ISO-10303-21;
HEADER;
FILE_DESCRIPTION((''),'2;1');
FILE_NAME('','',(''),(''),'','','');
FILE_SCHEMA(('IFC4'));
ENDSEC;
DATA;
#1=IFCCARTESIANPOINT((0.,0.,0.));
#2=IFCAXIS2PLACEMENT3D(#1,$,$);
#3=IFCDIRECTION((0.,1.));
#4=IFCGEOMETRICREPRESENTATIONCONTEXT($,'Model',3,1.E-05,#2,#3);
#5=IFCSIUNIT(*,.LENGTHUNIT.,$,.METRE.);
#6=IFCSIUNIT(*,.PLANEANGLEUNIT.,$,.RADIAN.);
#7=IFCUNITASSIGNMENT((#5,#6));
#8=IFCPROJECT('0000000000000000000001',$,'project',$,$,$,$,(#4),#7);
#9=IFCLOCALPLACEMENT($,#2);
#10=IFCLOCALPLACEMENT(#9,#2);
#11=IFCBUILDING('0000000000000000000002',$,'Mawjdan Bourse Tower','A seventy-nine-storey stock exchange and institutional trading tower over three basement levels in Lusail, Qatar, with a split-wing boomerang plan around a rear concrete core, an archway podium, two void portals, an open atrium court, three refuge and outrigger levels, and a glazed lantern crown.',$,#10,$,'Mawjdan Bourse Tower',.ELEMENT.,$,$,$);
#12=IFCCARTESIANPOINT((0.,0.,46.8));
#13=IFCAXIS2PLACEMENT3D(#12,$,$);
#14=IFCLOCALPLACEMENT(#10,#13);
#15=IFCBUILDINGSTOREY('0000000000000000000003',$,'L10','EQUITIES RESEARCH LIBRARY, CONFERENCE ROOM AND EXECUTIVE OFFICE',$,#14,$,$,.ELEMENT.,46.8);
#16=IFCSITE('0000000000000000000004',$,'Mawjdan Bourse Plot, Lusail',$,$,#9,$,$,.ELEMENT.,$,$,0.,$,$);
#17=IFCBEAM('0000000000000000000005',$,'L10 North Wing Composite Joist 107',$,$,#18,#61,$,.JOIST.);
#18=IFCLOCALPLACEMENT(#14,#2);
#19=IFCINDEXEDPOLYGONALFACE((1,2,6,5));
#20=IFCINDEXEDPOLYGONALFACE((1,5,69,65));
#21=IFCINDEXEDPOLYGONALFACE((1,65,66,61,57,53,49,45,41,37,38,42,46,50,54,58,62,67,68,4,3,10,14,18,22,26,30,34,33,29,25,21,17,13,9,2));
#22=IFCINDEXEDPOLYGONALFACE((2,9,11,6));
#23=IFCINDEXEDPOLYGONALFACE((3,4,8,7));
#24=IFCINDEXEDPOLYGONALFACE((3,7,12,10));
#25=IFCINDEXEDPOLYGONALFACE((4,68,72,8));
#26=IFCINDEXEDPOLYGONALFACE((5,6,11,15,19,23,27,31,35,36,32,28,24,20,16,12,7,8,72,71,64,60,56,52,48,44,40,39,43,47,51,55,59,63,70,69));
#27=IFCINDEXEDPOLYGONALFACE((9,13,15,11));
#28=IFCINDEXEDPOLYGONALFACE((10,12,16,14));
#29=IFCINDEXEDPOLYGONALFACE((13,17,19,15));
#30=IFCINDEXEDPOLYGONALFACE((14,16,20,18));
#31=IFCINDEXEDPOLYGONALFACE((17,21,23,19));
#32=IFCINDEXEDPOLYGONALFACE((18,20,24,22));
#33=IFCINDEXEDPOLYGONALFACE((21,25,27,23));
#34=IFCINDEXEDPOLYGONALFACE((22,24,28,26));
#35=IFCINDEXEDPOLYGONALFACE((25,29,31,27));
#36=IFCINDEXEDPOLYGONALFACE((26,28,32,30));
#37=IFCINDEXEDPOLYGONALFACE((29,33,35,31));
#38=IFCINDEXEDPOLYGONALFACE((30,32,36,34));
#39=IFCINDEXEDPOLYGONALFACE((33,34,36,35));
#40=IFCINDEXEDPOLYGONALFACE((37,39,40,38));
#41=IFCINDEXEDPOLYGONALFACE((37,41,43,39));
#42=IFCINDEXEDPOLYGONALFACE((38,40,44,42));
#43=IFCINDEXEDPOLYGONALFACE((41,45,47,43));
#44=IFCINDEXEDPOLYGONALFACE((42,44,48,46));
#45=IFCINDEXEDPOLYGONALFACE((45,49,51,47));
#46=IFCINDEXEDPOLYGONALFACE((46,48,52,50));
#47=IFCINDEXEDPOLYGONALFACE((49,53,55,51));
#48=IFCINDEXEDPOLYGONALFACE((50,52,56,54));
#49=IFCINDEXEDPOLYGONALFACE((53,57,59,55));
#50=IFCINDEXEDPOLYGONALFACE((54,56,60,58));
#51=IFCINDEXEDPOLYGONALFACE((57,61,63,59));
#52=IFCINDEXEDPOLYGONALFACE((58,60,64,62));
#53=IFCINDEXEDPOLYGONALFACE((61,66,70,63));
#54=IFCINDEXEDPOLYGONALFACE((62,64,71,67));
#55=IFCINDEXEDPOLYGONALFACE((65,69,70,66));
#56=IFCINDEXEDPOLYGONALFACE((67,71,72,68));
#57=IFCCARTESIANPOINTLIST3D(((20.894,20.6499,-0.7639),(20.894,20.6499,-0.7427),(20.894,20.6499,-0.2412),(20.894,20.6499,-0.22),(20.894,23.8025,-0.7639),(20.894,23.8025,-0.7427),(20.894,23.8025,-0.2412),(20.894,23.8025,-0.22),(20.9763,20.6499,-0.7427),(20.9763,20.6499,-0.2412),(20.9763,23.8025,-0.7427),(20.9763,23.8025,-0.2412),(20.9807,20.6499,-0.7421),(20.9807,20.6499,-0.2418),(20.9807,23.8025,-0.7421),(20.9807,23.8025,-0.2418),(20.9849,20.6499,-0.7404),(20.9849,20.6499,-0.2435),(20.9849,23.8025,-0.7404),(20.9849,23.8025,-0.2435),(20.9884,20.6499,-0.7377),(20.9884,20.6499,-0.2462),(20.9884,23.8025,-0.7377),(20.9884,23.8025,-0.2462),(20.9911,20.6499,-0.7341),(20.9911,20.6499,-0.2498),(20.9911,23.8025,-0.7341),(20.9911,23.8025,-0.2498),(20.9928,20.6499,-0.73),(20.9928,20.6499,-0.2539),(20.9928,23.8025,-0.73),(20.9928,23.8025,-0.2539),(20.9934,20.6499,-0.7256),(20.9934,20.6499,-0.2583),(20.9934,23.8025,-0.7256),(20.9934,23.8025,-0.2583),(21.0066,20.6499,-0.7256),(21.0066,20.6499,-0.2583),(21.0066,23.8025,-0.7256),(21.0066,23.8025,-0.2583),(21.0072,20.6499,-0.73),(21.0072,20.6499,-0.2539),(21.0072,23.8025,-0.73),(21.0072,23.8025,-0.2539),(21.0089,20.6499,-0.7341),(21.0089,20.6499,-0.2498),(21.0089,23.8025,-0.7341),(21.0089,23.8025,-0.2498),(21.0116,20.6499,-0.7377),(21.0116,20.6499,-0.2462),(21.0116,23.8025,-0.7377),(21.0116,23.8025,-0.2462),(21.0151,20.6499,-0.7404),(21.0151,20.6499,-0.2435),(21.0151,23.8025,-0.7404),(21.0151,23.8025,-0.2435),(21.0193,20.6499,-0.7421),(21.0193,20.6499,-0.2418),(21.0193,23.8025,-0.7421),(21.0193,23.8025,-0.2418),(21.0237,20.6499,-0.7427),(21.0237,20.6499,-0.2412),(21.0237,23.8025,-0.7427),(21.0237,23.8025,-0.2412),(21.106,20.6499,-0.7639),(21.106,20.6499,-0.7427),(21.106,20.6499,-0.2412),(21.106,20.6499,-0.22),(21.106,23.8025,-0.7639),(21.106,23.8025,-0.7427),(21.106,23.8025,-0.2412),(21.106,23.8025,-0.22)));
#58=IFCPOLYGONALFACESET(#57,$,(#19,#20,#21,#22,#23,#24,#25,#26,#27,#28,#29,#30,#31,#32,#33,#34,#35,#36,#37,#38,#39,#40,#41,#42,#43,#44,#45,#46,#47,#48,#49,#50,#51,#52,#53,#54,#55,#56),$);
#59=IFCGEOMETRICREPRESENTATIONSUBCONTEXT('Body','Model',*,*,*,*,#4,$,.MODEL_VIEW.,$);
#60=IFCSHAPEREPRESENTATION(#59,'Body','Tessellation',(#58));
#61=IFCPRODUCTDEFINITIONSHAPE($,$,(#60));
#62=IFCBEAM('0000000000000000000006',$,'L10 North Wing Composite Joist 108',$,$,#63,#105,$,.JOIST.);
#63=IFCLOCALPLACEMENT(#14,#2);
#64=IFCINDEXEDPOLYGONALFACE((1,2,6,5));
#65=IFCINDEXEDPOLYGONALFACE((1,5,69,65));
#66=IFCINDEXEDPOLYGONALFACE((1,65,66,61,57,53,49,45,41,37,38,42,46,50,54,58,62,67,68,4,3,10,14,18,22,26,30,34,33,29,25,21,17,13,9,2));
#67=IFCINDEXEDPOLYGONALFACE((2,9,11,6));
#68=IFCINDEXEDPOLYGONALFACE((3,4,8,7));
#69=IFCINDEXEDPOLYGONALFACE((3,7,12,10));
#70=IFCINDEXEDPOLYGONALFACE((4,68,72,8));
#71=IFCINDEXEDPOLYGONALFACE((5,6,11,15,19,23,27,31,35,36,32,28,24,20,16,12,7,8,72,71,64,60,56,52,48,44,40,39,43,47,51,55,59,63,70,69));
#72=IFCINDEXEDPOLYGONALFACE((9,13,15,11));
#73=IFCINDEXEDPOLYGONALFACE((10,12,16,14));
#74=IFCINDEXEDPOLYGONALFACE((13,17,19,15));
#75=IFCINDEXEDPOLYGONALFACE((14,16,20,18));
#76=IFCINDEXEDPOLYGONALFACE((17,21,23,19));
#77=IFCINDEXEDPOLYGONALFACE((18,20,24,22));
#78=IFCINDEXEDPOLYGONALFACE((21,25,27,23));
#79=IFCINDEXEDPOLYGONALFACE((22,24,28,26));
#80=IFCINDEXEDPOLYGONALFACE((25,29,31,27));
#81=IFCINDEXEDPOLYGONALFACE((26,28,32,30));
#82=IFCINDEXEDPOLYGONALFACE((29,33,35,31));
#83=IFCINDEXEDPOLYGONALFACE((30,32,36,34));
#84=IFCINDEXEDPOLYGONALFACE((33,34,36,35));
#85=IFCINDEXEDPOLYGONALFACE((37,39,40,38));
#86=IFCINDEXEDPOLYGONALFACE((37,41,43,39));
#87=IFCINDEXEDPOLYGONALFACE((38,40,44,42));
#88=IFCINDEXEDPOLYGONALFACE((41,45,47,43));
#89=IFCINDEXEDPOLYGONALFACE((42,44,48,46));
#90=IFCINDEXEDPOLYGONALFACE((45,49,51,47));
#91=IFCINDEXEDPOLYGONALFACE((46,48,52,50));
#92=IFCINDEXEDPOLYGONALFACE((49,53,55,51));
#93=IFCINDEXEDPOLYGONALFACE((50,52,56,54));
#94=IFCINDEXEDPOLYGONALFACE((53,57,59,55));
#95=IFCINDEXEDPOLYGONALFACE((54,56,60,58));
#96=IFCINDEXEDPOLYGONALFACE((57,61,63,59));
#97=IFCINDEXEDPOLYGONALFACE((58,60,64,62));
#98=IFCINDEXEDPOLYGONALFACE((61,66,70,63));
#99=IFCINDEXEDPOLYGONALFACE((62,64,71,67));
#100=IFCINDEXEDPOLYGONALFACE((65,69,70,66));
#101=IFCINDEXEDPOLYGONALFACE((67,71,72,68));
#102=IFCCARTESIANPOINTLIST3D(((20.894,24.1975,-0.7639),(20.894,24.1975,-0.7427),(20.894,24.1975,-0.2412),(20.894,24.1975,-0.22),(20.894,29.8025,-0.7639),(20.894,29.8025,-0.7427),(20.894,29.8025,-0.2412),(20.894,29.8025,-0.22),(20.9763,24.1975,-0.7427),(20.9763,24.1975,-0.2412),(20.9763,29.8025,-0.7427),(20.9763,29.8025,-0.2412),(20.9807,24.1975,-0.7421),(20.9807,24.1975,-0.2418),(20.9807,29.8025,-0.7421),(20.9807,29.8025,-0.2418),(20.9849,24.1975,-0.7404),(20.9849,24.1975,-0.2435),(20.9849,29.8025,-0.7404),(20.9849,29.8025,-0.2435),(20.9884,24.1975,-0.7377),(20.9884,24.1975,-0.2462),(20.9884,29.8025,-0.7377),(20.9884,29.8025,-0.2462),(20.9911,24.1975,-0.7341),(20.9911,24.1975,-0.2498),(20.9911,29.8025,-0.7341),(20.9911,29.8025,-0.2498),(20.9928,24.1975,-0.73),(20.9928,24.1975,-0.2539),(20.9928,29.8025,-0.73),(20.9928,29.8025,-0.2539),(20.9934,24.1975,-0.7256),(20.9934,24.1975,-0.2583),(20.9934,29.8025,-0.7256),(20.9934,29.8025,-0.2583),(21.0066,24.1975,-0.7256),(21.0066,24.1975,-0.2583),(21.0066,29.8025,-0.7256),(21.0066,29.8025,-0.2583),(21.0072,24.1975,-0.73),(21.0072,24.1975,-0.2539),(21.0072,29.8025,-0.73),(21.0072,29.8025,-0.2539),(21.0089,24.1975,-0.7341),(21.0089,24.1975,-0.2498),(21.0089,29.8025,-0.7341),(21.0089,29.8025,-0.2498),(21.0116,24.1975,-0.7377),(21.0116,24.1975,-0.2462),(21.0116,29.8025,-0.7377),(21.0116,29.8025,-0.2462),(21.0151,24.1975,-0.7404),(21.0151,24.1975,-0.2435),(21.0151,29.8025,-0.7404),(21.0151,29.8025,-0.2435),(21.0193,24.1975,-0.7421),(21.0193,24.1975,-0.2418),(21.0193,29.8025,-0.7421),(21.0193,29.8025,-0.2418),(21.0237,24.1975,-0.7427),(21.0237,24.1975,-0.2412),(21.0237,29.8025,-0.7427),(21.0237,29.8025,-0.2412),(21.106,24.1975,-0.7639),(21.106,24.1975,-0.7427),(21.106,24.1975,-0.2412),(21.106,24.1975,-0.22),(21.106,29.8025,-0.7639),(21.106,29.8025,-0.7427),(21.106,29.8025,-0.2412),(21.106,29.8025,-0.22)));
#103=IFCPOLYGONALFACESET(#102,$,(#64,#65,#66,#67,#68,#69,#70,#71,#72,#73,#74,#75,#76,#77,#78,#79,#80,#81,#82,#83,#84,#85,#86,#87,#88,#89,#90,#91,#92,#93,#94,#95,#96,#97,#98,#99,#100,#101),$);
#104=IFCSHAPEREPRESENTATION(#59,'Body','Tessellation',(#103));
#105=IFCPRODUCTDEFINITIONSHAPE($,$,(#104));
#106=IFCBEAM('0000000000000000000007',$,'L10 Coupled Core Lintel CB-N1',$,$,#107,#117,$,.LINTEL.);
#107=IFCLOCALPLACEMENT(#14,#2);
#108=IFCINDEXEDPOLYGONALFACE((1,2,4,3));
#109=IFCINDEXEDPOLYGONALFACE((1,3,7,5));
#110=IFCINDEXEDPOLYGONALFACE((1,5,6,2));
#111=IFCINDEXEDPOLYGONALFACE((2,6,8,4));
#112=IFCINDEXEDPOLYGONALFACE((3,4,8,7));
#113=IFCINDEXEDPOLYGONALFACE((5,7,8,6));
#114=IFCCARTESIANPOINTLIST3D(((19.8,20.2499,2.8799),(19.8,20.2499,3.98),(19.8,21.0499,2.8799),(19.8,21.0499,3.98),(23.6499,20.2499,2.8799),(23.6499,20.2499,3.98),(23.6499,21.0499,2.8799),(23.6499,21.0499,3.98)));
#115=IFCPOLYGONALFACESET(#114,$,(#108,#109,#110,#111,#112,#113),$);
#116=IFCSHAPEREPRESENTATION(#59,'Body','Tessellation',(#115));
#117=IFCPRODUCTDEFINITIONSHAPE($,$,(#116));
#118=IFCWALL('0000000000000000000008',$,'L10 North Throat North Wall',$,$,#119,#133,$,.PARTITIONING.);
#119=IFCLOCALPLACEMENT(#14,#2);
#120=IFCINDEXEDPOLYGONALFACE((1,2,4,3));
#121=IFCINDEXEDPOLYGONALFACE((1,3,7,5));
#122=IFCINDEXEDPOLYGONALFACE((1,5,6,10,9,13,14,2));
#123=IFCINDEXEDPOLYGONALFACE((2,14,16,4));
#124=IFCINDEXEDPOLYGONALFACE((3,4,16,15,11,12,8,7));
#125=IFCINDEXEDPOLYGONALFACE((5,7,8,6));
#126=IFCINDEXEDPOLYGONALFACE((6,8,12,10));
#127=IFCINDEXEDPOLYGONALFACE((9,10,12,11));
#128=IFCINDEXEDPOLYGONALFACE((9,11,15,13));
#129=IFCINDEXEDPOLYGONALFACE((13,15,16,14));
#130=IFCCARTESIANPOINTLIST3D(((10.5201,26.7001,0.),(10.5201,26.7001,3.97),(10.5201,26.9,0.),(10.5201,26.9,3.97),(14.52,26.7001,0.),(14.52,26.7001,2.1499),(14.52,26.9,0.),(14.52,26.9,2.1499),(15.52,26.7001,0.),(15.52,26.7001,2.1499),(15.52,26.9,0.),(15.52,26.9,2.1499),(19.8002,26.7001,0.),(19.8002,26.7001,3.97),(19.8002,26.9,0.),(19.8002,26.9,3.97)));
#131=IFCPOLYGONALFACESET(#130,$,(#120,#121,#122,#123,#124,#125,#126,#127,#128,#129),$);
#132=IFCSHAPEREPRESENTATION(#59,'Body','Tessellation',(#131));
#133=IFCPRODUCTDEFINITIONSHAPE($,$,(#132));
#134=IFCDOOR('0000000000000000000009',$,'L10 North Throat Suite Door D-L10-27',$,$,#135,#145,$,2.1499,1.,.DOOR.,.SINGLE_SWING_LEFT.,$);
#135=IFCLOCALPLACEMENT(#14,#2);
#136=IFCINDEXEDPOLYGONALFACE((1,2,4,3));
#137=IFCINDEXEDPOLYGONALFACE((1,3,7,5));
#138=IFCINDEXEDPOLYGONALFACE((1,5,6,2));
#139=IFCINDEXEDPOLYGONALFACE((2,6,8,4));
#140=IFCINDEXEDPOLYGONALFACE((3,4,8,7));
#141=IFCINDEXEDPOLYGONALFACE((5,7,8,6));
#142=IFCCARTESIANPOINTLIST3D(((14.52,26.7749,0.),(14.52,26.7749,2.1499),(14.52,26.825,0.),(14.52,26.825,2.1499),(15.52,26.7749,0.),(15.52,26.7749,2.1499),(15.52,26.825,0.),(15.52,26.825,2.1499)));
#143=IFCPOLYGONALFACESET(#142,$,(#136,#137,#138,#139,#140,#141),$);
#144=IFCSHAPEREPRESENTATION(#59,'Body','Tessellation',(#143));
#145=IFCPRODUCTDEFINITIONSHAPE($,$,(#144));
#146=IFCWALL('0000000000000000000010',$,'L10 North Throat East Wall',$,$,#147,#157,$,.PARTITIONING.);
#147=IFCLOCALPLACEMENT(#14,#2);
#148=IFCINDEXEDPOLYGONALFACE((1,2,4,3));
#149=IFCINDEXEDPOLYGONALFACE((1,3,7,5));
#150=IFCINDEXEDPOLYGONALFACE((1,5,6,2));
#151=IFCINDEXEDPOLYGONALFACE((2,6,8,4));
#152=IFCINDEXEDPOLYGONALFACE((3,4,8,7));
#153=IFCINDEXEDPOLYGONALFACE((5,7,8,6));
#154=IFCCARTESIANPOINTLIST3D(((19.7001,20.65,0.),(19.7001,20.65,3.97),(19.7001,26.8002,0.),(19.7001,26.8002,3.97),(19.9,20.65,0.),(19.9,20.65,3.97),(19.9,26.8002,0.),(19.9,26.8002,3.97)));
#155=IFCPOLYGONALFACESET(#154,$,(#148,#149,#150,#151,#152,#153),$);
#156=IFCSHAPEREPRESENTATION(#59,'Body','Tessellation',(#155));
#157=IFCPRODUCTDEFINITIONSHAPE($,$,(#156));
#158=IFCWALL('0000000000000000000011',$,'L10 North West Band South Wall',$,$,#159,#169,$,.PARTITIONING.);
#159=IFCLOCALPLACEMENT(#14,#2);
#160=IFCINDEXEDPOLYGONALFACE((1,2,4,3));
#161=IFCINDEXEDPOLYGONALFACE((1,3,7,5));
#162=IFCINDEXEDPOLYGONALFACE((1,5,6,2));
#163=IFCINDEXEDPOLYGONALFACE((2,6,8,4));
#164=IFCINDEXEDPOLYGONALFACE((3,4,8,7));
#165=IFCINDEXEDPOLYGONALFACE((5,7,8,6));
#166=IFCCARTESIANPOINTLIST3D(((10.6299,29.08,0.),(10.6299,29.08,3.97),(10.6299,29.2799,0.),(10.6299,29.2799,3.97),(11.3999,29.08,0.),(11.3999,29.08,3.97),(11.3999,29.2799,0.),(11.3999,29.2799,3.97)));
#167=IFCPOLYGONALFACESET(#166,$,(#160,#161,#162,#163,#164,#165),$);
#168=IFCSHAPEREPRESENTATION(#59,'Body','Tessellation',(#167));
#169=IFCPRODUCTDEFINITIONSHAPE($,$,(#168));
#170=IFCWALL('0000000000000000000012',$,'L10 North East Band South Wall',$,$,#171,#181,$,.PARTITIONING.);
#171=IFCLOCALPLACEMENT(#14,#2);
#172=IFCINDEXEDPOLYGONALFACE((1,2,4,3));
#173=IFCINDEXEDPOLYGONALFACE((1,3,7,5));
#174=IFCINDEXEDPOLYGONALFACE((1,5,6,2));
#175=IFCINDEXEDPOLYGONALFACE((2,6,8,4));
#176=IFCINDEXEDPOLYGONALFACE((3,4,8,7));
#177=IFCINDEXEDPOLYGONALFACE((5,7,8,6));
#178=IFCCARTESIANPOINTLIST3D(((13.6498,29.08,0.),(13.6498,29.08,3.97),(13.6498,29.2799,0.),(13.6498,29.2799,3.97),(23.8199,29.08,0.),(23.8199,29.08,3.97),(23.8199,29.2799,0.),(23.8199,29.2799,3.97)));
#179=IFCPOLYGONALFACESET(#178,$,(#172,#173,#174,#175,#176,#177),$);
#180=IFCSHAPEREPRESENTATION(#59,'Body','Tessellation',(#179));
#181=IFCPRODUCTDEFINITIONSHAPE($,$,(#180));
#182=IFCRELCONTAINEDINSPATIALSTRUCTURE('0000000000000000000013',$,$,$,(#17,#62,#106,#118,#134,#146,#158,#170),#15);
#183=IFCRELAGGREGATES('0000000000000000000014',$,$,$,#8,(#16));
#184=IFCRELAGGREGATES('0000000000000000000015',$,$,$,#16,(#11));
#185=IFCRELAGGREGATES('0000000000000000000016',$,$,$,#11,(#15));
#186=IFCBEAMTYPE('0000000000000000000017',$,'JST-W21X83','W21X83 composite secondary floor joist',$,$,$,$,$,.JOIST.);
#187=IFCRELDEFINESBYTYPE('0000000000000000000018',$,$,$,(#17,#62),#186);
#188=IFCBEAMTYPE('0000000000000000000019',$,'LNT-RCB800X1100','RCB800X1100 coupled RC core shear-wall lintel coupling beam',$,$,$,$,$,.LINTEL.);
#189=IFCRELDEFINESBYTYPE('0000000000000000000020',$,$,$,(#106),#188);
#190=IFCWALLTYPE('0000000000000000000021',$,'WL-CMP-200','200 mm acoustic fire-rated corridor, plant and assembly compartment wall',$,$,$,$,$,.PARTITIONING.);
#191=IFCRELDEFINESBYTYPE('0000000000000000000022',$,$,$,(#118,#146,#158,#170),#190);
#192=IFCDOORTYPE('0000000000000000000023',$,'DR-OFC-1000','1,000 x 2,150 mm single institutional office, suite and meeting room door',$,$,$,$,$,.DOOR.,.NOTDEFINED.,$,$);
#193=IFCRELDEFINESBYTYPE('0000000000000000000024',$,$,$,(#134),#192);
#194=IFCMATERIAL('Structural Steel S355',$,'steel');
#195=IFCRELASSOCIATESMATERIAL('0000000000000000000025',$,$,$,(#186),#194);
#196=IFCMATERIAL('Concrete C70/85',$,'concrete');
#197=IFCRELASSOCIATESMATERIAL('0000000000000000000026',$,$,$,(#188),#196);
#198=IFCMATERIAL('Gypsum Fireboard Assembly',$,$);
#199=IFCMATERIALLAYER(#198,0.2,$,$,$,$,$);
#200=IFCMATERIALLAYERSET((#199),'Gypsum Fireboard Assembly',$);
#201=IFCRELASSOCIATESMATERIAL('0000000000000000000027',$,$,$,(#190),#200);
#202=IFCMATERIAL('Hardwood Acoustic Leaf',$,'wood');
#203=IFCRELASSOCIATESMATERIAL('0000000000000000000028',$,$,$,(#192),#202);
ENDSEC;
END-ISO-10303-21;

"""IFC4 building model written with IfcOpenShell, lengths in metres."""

from ifc_helpers import new_model, si_unit, direction, frame, frame_2d, origin, origin_2d, place, context, subcontext, project, spatial, rectangle, i_section, extrude, material, layer, layer_set, material_profile, profile_set, type_object, element, fill, save


model = new_model("IFC4")

# Units and contexts
model_context = context("Model", 3, precision=1e-05, world=origin(), true_north=direction((0.0, 1.0)))
body_context = subcontext(model_context, "Body", "Model", "MODEL_VIEW")
ifc_project = project(units=[si_unit("LENGTHUNIT", "METRE"), si_unit("PLANEANGLEUNIT", "RADIAN")], contexts=[model_context])

# Site, building, storey
site_placement = place(None, origin())
site = spatial("IfcSite", under=ifc_project, at=site_placement, Name="Mawjdan Bourse Plot, Lusail", CompositionType="ELEMENT", RefElevation=0.0)
building_placement = place(site_placement, origin())
building = spatial("IfcBuilding", under=site, at=building_placement, Name="Mawjdan Bourse Tower", Description="A seventy-nine-storey stock exchange and institutional trading tower over three basement levels in Lusail, Qatar, with a split-wing boomerang plan around a rear concrete core, an archway podium, two void portals, an open atrium court, three refuge and outrigger levels, and a glazed lantern crown.", LongName="Mawjdan Bourse Tower", CompositionType="ELEMENT")
storey_placement = place(building_placement, frame((0.0, 0.0, 46.8)))
storey = spatial("IfcBuildingStorey", under=building, at=storey_placement, Name="L10", Description="EQUITIES RESEARCH LIBRARY, CONFERENCE ROOM AND EXECUTIVE OFFICE", CompositionType="ELEMENT", Elevation=46.8)

# Beams
ifc_material_1 = material(Name="Structural Steel S355", Category="steel")
ifc_material_profile_1 = material_profile(ifc_material_1, i_section(OverallWidth=0.2119, OverallDepth=0.5439, WebThickness=0.0132, FlangeThickness=0.0212, FilletRadius=0.0171, at=origin_2d()), Name="W21X83")
ifc_profile_set_1 = profile_set([ifc_material_profile_1], Name="Structural Steel S355")
beam_type_1 = type_object("IfcBeamType", Name="JST-W21X83", Description="W21X83 composite secondary floor joist", PredefinedType="JOIST", material=ifc_profile_set_1)
beam_1_placement = place(storey_placement, frame((21.0, 20.6499, -0.4919), z_axis=(0.0, 1.0, 0.0), x_axis=(-1.0, 0.0, 0.0)))
element("IfcBeam", 1, at=beam_1_placement, inside=storey, type_object=beam_type_1, Name="L10 North Wing Composite Joist 107", PredefinedType="JOIST", context=body_context, shape_type="SweptSolid", body=[
    extrude(i_section(OverallWidth=0.2119, OverallDepth=0.5439, WebThickness=0.0132, FlangeThickness=0.0212, FilletRadius=0.0171, at=origin_2d()), origin(), (0.0, 0.0, 1.0), 3.1526),
])
beam_2_placement = place(storey_placement, frame((21.0, 24.1975, -0.4919), z_axis=(0.0, 1.0, 0.0), x_axis=(-1.0, 0.0, 0.0)))
element("IfcBeam", 2, at=beam_2_placement, inside=storey, type_object=beam_type_1, Name="L10 North Wing Composite Joist 108", PredefinedType="JOIST", context=body_context, shape_type="SweptSolid", body=[
    extrude(i_section(OverallWidth=0.2119, OverallDepth=0.5439, WebThickness=0.0132, FlangeThickness=0.0212, FilletRadius=0.0171, at=origin_2d()), origin(), (0.0, 0.0, 1.0), 5.605),
])
ifc_material_2 = material(Name="Concrete C70/85", Category="concrete")
ifc_material_profile_2 = material_profile(ifc_material_2, rectangle(XDim=0.8, YDim=1.1001, at=origin_2d()), Name="RCB800X1100")
ifc_profile_set_2 = profile_set([ifc_material_profile_2], Name="Concrete C70/85")
beam_type_2 = type_object("IfcBeamType", Name="LNT-RCB800X1100", Description="RCB800X1100 coupled RC core shear-wall lintel coupling beam", PredefinedType="LINTEL", material=ifc_profile_set_2)
beam_3_placement = place(storey_placement, frame((19.8, 20.6499, 3.4299), z_axis=(1.0, 0.0, 0.0), x_axis=(0.0, 1.0, 0.0)))
element("IfcBeam", 3, at=beam_3_placement, inside=storey, type_object=beam_type_2, Name="L10 Coupled Core Lintel CB-N1", PredefinedType="LINTEL", context=body_context, shape_type="SweptSolid", body=[
    extrude(rectangle(XDim=0.8, YDim=1.1001, at=origin_2d()), origin(), (0.0, 0.0, 1.0), 3.8499),
])

# Wall, opening, door
ifc_material_3 = material(Name="Gypsum Fireboard Assembly")
ifc_layer = layer(ifc_material_3, 0.2)
ifc_layer_set = layer_set([ifc_layer], Name="Gypsum Fireboard Assembly")
wall_type = type_object("IfcWallType", Name="WL-CMP-200", Description="200 mm acoustic fire-rated corridor, plant and assembly compartment wall", PredefinedType="PARTITIONING", material=ifc_layer_set)
wall_1_placement = place(storey_placement, frame((10.52, 26.8, 0.0), z_axis=(0.0, 0.0, 1.0), x_axis=(1.0, 0.0, 0.0)))
wall_1 = element("IfcWall", 4, at=wall_1_placement, inside=storey, type_object=wall_type, Name="L10 North Throat North Wall", PredefinedType="PARTITIONING", context=body_context, shape_type="SweptSolid", body=[
    extrude(rectangle(XDim=9.28, YDim=0.2, at=frame_2d((4.6401, 0.0))), origin(), (0.0, 0.0, 1.0), 3.97),
])
opening_1_placement = place(wall_1_placement, frame((4.0, 0.0, 0.0)))
opening_1 = element("IfcOpeningElement", 5, at=opening_1_placement, cuts=wall_1, PredefinedType="OPENING", context=body_context, shape_type="SweptSolid", body=[
    extrude(rectangle(XDim=1.0, YDim=2.1499, at=frame_2d((0.5, 1.075))), frame((0.0, 0.1099, 0.0), z_axis=(0.0, -1.0, 0.0), x_axis=(1.0, 0.0, 0.0)), (0.0, 0.0, 1.0), 0.22),
])
ifc_material_4 = material(Name="Hardwood Acoustic Leaf", Category="wood")
door_type_1 = type_object("IfcDoorType", Name="DR-OFC-1000", Description="1,000 x 2,150 mm single institutional office, suite and meeting room door", OperationType="NOTDEFINED", PredefinedType="DOOR", material=ifc_material_4)
door_1_placement = place(opening_1_placement, origin())
door_1 = element("IfcDoor", 6, at=door_1_placement, inside=storey, type_object=door_type_1, Name="L10 North Throat Suite Door D-L10-27", OperationType="SINGLE_SWING_LEFT", OverallHeight=2.1499, OverallWidth=1.0, PredefinedType="DOOR", context=body_context, shape_type="SweptSolid", body=[
    extrude(rectangle(XDim=1.0, YDim=2.1499, at=frame_2d((0.5, 1.075))), frame((0.0, 0.0249, 0.0), z_axis=(0.0, -1.0, 0.0), x_axis=(1.0, 0.0, 0.0)), (0.0, 0.0, 1.0), 0.05),
])
fill(opening_1, door_1)

# Walls
wall_2_placement = place(storey_placement, frame((19.8, 20.6499, 0.0), z_axis=(0.0, 0.0, 1.0), x_axis=(0.0, 1.0, 0.0)))
element("IfcWall", 7, at=wall_2_placement, inside=storey, type_object=wall_type, Name="L10 North Throat East Wall", PredefinedType="PARTITIONING", context=body_context, shape_type="SweptSolid", body=[
    extrude(rectangle(XDim=6.1501, YDim=0.2, at=frame_2d((3.0752, 0.0))), origin(), (0.0, 0.0, 1.0), 3.97),
])
wall_3_placement = place(storey_placement, frame((10.6299, 29.1799, 0.0), z_axis=(0.0, 0.0, 1.0), x_axis=(1.0, 0.0, 0.0)))
element("IfcWall", 8, at=wall_3_placement, inside=storey, type_object=wall_type, Name="L10 North West Band South Wall", PredefinedType="PARTITIONING", context=body_context, shape_type="SweptSolid", body=[
    extrude(rectangle(XDim=0.77, YDim=0.2, at=frame_2d((0.385, 0.0))), origin(), (0.0, 0.0, 1.0), 3.97),
])
wall_4_placement = place(storey_placement, frame((13.6499, 29.1799, 0.0), z_axis=(0.0, 0.0, 1.0), x_axis=(1.0, 0.0, 0.0)))
element("IfcWall", 9, at=wall_4_placement, inside=storey, type_object=wall_type, Name="L10 North East Band South Wall", PredefinedType="PARTITIONING", context=body_context, shape_type="SweptSolid", body=[
    extrude(rectangle(XDim=10.1702, YDim=0.2, at=frame_2d((5.085, 0.0))), origin(), (0.0, 0.0, 1.0), 3.97),
])

save(model, "model.ifc")
